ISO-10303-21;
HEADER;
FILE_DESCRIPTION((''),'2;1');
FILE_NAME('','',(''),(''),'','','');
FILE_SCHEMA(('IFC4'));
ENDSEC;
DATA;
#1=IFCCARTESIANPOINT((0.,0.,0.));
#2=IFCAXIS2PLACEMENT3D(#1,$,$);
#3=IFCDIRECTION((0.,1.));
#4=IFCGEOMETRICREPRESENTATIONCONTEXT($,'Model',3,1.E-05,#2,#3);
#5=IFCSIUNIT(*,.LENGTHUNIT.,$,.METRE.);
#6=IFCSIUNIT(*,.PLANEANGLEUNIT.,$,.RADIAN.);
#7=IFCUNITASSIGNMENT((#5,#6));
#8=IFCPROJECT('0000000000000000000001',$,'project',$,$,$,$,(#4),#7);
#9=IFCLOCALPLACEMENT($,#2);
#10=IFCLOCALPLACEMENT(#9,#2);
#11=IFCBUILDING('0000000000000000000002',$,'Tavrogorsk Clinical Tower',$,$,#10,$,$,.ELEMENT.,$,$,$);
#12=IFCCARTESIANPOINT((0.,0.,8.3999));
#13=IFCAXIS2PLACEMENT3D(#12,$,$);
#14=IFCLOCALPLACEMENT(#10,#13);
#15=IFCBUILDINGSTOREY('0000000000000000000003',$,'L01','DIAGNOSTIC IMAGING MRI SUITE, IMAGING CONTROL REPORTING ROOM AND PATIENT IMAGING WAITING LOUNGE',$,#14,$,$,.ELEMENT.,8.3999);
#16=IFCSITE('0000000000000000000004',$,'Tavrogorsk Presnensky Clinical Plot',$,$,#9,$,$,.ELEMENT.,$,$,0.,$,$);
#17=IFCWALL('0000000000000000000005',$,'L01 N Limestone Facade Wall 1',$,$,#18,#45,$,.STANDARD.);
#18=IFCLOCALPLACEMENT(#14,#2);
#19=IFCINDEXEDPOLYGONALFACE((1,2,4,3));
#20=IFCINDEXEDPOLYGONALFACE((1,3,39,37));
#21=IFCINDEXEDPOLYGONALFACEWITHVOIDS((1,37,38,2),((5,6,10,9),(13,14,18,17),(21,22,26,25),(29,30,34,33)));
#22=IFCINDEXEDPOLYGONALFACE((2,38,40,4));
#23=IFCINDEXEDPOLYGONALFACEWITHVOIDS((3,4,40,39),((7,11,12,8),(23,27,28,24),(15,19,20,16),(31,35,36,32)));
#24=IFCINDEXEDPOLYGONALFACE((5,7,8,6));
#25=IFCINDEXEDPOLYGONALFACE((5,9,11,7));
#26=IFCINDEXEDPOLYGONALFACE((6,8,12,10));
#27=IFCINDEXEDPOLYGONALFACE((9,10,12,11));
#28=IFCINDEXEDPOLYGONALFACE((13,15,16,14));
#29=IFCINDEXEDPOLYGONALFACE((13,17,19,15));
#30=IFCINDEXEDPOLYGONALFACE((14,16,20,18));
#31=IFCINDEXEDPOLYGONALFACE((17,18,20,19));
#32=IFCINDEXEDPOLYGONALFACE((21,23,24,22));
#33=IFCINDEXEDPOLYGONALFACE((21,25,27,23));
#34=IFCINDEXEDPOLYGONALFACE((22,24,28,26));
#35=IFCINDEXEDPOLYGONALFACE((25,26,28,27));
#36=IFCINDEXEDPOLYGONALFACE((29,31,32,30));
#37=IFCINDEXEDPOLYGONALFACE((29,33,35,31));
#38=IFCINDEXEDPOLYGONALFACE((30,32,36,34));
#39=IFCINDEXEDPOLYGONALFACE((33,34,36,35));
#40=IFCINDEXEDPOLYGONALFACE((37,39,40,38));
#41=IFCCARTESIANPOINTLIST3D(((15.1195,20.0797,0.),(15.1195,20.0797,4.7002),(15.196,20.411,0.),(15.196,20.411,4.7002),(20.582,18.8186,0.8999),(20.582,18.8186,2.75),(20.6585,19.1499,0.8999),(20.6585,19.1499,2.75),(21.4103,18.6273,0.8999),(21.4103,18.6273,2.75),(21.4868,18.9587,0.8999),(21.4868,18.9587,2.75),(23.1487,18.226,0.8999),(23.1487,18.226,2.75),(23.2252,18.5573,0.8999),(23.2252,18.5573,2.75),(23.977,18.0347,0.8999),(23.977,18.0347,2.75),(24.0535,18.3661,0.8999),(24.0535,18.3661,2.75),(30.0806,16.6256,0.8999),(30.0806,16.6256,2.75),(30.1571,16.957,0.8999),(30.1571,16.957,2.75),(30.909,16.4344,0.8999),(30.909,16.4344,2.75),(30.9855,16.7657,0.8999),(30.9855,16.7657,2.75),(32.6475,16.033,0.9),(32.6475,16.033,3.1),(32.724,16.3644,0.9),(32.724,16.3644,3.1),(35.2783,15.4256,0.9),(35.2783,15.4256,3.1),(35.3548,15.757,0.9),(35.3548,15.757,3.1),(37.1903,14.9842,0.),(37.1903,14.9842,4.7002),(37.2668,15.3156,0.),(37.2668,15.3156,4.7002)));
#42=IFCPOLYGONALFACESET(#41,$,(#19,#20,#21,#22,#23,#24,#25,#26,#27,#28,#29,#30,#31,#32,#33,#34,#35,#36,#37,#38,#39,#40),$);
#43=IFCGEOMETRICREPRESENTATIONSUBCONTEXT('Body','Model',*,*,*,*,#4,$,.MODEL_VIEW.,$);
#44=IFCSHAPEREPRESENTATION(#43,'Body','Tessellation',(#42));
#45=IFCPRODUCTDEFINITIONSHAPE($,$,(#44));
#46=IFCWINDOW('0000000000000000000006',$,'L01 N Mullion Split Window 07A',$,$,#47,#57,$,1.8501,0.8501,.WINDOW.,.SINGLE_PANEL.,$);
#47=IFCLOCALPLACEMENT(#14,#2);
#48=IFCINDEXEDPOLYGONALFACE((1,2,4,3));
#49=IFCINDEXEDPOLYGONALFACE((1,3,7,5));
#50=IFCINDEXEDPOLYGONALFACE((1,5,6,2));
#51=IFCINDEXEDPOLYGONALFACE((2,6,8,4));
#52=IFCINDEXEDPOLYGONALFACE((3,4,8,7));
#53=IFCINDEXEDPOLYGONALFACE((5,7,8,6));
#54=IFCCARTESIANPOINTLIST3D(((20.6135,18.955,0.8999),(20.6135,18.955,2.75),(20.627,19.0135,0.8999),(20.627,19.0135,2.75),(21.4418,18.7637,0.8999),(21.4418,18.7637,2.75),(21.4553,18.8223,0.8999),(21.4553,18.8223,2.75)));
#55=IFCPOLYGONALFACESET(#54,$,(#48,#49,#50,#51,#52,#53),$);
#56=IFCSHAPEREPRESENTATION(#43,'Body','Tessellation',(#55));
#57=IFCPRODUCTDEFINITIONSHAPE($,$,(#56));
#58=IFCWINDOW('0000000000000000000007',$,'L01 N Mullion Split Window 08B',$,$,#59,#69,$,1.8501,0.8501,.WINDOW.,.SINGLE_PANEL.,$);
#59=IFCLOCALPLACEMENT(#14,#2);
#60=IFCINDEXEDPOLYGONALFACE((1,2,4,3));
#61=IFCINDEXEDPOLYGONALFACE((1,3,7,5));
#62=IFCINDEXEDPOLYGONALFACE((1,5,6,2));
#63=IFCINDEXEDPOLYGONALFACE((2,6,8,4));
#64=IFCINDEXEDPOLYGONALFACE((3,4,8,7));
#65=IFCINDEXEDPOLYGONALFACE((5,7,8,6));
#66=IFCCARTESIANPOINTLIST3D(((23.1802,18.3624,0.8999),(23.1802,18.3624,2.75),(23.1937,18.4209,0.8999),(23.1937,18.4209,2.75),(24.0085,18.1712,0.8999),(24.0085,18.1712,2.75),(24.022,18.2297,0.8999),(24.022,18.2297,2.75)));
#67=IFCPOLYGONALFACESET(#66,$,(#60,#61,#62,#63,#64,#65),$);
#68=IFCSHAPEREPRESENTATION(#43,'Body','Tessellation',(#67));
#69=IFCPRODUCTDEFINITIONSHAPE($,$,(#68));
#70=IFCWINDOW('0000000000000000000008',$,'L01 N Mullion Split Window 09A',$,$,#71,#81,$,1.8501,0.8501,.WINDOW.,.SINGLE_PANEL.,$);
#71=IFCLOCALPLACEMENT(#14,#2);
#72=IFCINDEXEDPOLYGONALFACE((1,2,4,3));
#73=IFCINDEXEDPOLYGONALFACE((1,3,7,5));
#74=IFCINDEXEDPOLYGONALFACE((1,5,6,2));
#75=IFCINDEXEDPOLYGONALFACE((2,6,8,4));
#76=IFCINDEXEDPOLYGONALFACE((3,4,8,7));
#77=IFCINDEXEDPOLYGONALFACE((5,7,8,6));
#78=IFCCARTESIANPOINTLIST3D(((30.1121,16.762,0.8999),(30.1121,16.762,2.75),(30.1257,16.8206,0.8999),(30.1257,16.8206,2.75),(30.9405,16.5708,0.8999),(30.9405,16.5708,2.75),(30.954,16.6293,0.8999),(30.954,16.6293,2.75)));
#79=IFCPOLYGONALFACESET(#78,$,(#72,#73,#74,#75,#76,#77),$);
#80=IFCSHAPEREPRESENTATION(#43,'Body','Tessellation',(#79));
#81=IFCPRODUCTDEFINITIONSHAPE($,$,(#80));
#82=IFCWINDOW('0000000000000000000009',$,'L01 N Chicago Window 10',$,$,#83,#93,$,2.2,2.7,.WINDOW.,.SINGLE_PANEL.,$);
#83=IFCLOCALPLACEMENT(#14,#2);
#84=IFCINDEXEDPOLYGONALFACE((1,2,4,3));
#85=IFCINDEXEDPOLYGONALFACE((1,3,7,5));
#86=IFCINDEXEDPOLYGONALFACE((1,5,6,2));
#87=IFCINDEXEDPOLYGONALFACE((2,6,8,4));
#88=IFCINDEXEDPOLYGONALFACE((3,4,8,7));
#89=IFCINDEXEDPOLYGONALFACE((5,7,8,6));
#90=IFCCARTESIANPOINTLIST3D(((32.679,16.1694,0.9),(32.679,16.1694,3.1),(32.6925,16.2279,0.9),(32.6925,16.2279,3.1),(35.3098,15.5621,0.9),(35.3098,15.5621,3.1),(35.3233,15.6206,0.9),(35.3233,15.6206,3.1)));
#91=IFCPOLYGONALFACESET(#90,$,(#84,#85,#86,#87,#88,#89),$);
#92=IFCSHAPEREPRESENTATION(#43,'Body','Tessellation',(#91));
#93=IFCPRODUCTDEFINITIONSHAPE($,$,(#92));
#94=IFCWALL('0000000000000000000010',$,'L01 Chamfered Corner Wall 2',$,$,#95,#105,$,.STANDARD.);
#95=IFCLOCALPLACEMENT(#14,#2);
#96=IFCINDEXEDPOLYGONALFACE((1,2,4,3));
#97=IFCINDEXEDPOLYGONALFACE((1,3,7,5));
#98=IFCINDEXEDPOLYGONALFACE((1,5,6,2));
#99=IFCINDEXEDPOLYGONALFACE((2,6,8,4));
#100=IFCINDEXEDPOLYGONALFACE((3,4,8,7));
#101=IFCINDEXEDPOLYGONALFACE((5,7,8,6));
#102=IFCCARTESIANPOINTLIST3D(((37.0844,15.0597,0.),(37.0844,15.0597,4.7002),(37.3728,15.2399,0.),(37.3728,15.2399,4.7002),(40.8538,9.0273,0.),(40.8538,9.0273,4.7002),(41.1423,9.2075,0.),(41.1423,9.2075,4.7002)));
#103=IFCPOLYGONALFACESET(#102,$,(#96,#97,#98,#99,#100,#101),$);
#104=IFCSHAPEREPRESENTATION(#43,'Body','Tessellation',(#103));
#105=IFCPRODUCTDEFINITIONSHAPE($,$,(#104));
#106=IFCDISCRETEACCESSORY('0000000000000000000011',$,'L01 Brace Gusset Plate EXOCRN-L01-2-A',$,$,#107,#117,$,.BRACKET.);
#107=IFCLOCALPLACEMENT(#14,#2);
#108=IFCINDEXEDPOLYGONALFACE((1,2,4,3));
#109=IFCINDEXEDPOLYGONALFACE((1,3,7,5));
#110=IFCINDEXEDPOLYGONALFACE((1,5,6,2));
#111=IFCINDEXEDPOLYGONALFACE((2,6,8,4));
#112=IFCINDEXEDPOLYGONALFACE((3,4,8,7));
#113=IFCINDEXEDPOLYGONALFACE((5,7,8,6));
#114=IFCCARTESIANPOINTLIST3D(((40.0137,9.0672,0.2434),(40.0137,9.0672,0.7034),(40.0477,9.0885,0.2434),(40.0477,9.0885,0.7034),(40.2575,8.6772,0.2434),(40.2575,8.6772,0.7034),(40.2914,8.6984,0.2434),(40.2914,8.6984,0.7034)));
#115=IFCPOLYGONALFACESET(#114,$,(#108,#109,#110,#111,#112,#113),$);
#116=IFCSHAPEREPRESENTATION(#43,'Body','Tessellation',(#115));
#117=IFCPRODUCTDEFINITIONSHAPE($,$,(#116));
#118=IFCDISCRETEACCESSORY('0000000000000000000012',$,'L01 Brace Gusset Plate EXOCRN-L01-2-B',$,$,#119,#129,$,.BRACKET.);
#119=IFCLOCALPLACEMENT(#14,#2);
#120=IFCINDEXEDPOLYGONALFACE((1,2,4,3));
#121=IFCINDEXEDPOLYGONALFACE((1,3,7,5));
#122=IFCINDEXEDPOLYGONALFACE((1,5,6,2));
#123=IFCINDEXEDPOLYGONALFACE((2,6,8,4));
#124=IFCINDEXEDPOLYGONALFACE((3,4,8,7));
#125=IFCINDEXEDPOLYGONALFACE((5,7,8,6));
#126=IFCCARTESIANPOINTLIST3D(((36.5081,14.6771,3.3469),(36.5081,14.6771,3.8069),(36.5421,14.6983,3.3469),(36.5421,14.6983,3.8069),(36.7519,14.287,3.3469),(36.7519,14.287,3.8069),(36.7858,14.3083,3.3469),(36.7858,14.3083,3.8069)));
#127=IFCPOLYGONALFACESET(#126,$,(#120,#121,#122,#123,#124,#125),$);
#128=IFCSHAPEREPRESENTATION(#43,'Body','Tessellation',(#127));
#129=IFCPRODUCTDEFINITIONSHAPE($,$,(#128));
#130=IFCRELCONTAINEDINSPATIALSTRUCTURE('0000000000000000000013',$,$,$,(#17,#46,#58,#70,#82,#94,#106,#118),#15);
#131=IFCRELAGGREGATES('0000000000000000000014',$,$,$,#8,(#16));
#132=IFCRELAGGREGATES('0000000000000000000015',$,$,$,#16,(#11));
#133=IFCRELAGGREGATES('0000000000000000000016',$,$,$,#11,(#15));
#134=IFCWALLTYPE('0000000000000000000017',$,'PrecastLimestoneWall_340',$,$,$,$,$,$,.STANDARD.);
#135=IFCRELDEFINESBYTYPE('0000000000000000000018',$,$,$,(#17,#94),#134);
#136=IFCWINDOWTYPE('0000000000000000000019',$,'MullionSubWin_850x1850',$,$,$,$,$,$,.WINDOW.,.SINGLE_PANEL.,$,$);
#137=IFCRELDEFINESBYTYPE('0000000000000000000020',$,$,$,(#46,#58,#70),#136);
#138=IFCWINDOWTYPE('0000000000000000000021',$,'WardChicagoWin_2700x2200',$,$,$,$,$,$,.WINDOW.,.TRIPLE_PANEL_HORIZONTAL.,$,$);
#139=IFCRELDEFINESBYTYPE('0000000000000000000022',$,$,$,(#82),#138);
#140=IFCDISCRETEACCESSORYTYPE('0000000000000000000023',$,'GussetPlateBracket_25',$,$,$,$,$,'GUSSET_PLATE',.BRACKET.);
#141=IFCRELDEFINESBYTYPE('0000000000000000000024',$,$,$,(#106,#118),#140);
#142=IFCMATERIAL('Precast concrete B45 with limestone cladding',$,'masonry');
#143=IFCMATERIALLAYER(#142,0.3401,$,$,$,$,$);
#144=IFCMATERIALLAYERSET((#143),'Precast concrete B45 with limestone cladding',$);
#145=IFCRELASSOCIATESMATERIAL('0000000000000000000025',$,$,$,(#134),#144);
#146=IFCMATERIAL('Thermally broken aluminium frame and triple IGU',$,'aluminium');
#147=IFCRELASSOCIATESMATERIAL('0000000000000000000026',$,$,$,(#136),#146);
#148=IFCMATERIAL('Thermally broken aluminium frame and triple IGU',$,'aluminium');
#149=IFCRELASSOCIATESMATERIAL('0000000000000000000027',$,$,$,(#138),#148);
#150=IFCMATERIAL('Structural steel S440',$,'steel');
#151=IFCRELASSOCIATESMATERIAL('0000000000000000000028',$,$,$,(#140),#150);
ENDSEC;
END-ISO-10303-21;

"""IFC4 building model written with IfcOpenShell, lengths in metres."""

from ifc_helpers import new_model, si_unit, direction, frame, frame_2d, origin, origin_2d, place, context, subcontext, project, spatial, rectangle, extrude, material, layer, layer_set, type_object, element, fill, save


model = new_model("IFC4")

# Units and contexts
model_context = context("Model", 3, precision=1e-05, world=origin(), true_north=direction((0.0, 1.0)))
body_context = subcontext(model_context, "Body", "Model", "MODEL_VIEW")
ifc_project = project(units=[si_unit("LENGTHUNIT", "METRE"), si_unit("PLANEANGLEUNIT", "RADIAN")], contexts=[model_context])

# Site, building, storey
site_placement = place(None, origin())
site = spatial("IfcSite", under=ifc_project, at=site_placement, Name="Tavrogorsk Presnensky Clinical Plot", CompositionType="ELEMENT", RefElevation=0.0)
building_placement = place(site_placement, origin())
building = spatial("IfcBuilding", under=site, at=building_placement, Name="Tavrogorsk Clinical Tower", CompositionType="ELEMENT")
storey_placement = place(building_placement, frame((0.0, 0.0, 8.3999)))
storey = spatial("IfcBuildingStorey", under=building, at=storey_placement, Name="L01", Description="DIAGNOSTIC IMAGING MRI SUITE, IMAGING CONTROL REPORTING ROOM AND PATIENT IMAGING WAITING LOUNGE", CompositionType="ELEMENT", Elevation=8.3999)

# Wall, openings, windows
ifc_material_1 = material(Name="Precast concrete B45 with limestone cladding", Category="masonry")
ifc_layer_1 = layer(ifc_material_1, 0.3401)
ifc_layer_set_1 = layer_set([ifc_layer_1], Name="Precast concrete B45 with limestone cladding")
wall_type_1 = type_object("IfcWallType", Name="PrecastLimestoneWall_340", PredefinedType="STANDARD", material=ifc_layer_set_1)
wall_1_placement = place(storey_placement, frame((37.2285, 15.1499, 0.0), z_axis=(0.0, 0.0, 1.0), x_axis=(-0.97437, 0.224952, 0.0)))
wall_1 = element("IfcWall", 1, at=wall_1_placement, inside=storey, type_object=wall_type_1, Name="L01 N Limestone Facade Wall 1", PredefinedType="STANDARD", context=body_context, shape_type="SweptSolid", body=[
    extrude(rectangle(XDim=22.6514, YDim=0.3401, at=frame_2d((11.3257, 0.0))), origin(), (0.0, 0.0, 1.0), 4.7002),
])
opening_1_placement = place(wall_1_placement, frame((16.1951, 0.0, 0.8999)))
opening_1 = element("IfcOpeningElement", 2, at=opening_1_placement, cuts=wall_1, PredefinedType="OPENING", context=body_context, shape_type="SweptSolid", body=[
    extrude(rectangle(XDim=0.8501, YDim=1.8501, at=frame_2d((0.425, 0.925))), frame((0.0, 0.1799, 0.0), z_axis=(0.0, -1.0, 0.0), x_axis=(1.0, 0.0, 0.0)), (0.0, 0.0, 1.0), 0.3601),
])
opening_2_placement = place(wall_1_placement, frame((13.5608, 0.0, 0.8999)))
opening_2 = element("IfcOpeningElement", 3, at=opening_2_placement, cuts=wall_1, PredefinedType="OPENING", context=body_context, shape_type="SweptSolid", body=[
    extrude(rectangle(XDim=0.8501, YDim=1.8501, at=frame_2d((0.425, 0.925))), frame((0.0, 0.1799, 0.0), z_axis=(0.0, -1.0, 0.0), x_axis=(1.0, 0.0, 0.0)), (0.0, 0.0, 1.0), 0.3601),
])
opening_3_placement = place(wall_1_placement, frame((6.4465, 0.0, 0.8999)))
opening_3 = element("IfcOpeningElement", 4, at=opening_3_placement, cuts=wall_1, PredefinedType="OPENING", context=body_context, shape_type="SweptSolid", body=[
    extrude(rectangle(XDim=0.8501, YDim=1.8501, at=frame_2d((0.425, 0.925))), frame((0.0, 0.1799, 0.0), z_axis=(0.0, -1.0, 0.0), x_axis=(1.0, 0.0, 0.0)), (0.0, 0.0, 1.0), 0.3601),
])
opening_4_placement = place(wall_1_placement, frame((1.9622, 0.0, 0.8999)))
opening_4 = element("IfcOpeningElement", 5, at=opening_4_placement, cuts=wall_1, PredefinedType="OPENING", context=body_context, shape_type="SweptSolid", body=[
    extrude(rectangle(XDim=2.7, YDim=2.2, at=frame_2d((1.3501, 1.1001))), frame((0.0, 0.1799, 0.0), z_axis=(0.0, -1.0, 0.0), x_axis=(1.0, 0.0, 0.0)), (0.0, 0.0, 1.0), 0.3601),
])
ifc_material_2 = material(Name="Thermally broken aluminium frame and triple IGU", Category="aluminium")
window_type_1 = type_object("IfcWindowType", Name="MullionSubWin_850x1850", PartitioningType="SINGLE_PANEL", PredefinedType="WINDOW", material=ifc_material_2)
window_1_placement = place(opening_1_placement, origin())
window_1 = element("IfcWindow", 6, at=window_1_placement, inside=storey, type_object=window_type_1, Name="L01 N Mullion Split Window 07A", OverallHeight=1.8501, OverallWidth=0.8501, PartitioningType="SINGLE_PANEL", PredefinedType="WINDOW", context=body_context, shape_type="SweptSolid", body=[
    extrude(rectangle(XDim=0.8501, YDim=1.8501, at=frame_2d((0.425, 0.925))), frame((0.0, 0.03, 0.0), z_axis=(0.0, -1.0, 0.0), x_axis=(1.0, 0.0, 0.0)), (0.0, 0.0, 1.0), 0.0601),
])
fill(opening_1, window_1)
window_2_placement = place(opening_2_placement, origin())
window_2 = element("IfcWindow", 7, at=window_2_placement, inside=storey, type_object=window_type_1, Name="L01 N Mullion Split Window 08B", OverallHeight=1.8501, OverallWidth=0.8501, PartitioningType="SINGLE_PANEL", PredefinedType="WINDOW", context=body_context, shape_type="SweptSolid", body=[
    extrude(rectangle(XDim=0.8501, YDim=1.8501, at=frame_2d((0.425, 0.925))), frame((0.0, 0.03, 0.0), z_axis=(0.0, -1.0, 0.0), x_axis=(1.0, 0.0, 0.0)), (0.0, 0.0, 1.0), 0.0601),
])
fill(opening_2, window_2)
window_3_placement = place(opening_3_placement, origin())
window_3 = element("IfcWindow", 8, at=window_3_placement, inside=storey, type_object=window_type_1, Name="L01 N Mullion Split Window 09A", OverallHeight=1.8501, OverallWidth=0.8501, PartitioningType="SINGLE_PANEL", PredefinedType="WINDOW", context=body_context, shape_type="SweptSolid", body=[
    extrude(rectangle(XDim=0.8501, YDim=1.8501, at=frame_2d((0.425, 0.925))), frame((0.0, 0.03, 0.0), z_axis=(0.0, -1.0, 0.0), x_axis=(1.0, 0.0, 0.0)), (0.0, 0.0, 1.0), 0.0601),
])
fill(opening_3, window_3)
ifc_material_3 = material(Name="Thermally broken aluminium frame and triple IGU", Category="aluminium")
window_type_2 = type_object("IfcWindowType", Name="WardChicagoWin_2700x2200", PartitioningType="TRIPLE_PANEL_HORIZONTAL", PredefinedType="WINDOW", material=ifc_material_3)
window_4_placement = place(opening_4_placement, origin())
window_4 = element("IfcWindow", 9, at=window_4_placement, inside=storey, type_object=window_type_2, Name="L01 N Chicago Window 10", OverallHeight=2.2, OverallWidth=2.7, PartitioningType="SINGLE_PANEL", PredefinedType="WINDOW", context=body_context, shape_type="SweptSolid", body=[
    extrude(rectangle(XDim=2.7, YDim=2.2, at=frame_2d((1.3501, 1.1001))), frame((0.0, 0.03, 0.0), z_axis=(0.0, -1.0, 0.0), x_axis=(1.0, 0.0, 0.0)), (0.0, 0.0, 1.0), 0.0601),
])
fill(opening_4, window_4)

# Wall
wall_2_placement = place(storey_placement, frame((40.998, 9.1174, 0.0), z_axis=(0.0, 0.0, 1.0), x_axis=(-0.529922, 0.848047, 0.0)))
element("IfcWall", 10, at=wall_2_placement, inside=storey, type_object=wall_type_1, Name="L01 Chamfered Corner Wall 2", PredefinedType="STANDARD", context=body_context, shape_type="SweptSolid", body=[
    extrude(rectangle(XDim=7.1133, YDim=0.3401, at=frame_2d((3.5566, 0.0))), origin(), (0.0, 0.0, 1.0), 4.7002),
])

# Discrete accessories
ifc_material_4 = material(Name="Structural steel S440", Category="steel")
discrete_accessory_type = type_object("IfcDiscreteAccessoryType", Name="GussetPlateBracket_25", ElementType="GUSSET_PLATE", PredefinedType="BRACKET", material=ifc_material_4)
for number, where, z_axis, x_axis, name in (
    (11, (40.1526, 8.8828, 0.2434), (0.0, 0.0, 1.0), (-0.529919, 0.848048, 0.0), "L01 Brace Gusset Plate EXOCRN-L01-2-A"),
    (12, (36.647, 14.4927, 3.3469), (0.0, 0.0, 1.0), (-0.529919, 0.848048, 0.0), "L01 Brace Gusset Plate EXOCRN-L01-2-B"),
):
    element("IfcDiscreteAccessory", number, at=place(storey_placement, frame(where, z_axis=z_axis, x_axis=x_axis)), inside=storey, type_object=discrete_accessory_type, Name=name, PredefinedType="BRACKET", context=body_context, shape_type="SweptSolid", body=[
        extrude(rectangle(XDim=0.46, YDim=0.04, at=origin_2d()), origin(), (0.0, 0.0, 1.0), 0.46),
    ])

save(model, "model.ifc")
